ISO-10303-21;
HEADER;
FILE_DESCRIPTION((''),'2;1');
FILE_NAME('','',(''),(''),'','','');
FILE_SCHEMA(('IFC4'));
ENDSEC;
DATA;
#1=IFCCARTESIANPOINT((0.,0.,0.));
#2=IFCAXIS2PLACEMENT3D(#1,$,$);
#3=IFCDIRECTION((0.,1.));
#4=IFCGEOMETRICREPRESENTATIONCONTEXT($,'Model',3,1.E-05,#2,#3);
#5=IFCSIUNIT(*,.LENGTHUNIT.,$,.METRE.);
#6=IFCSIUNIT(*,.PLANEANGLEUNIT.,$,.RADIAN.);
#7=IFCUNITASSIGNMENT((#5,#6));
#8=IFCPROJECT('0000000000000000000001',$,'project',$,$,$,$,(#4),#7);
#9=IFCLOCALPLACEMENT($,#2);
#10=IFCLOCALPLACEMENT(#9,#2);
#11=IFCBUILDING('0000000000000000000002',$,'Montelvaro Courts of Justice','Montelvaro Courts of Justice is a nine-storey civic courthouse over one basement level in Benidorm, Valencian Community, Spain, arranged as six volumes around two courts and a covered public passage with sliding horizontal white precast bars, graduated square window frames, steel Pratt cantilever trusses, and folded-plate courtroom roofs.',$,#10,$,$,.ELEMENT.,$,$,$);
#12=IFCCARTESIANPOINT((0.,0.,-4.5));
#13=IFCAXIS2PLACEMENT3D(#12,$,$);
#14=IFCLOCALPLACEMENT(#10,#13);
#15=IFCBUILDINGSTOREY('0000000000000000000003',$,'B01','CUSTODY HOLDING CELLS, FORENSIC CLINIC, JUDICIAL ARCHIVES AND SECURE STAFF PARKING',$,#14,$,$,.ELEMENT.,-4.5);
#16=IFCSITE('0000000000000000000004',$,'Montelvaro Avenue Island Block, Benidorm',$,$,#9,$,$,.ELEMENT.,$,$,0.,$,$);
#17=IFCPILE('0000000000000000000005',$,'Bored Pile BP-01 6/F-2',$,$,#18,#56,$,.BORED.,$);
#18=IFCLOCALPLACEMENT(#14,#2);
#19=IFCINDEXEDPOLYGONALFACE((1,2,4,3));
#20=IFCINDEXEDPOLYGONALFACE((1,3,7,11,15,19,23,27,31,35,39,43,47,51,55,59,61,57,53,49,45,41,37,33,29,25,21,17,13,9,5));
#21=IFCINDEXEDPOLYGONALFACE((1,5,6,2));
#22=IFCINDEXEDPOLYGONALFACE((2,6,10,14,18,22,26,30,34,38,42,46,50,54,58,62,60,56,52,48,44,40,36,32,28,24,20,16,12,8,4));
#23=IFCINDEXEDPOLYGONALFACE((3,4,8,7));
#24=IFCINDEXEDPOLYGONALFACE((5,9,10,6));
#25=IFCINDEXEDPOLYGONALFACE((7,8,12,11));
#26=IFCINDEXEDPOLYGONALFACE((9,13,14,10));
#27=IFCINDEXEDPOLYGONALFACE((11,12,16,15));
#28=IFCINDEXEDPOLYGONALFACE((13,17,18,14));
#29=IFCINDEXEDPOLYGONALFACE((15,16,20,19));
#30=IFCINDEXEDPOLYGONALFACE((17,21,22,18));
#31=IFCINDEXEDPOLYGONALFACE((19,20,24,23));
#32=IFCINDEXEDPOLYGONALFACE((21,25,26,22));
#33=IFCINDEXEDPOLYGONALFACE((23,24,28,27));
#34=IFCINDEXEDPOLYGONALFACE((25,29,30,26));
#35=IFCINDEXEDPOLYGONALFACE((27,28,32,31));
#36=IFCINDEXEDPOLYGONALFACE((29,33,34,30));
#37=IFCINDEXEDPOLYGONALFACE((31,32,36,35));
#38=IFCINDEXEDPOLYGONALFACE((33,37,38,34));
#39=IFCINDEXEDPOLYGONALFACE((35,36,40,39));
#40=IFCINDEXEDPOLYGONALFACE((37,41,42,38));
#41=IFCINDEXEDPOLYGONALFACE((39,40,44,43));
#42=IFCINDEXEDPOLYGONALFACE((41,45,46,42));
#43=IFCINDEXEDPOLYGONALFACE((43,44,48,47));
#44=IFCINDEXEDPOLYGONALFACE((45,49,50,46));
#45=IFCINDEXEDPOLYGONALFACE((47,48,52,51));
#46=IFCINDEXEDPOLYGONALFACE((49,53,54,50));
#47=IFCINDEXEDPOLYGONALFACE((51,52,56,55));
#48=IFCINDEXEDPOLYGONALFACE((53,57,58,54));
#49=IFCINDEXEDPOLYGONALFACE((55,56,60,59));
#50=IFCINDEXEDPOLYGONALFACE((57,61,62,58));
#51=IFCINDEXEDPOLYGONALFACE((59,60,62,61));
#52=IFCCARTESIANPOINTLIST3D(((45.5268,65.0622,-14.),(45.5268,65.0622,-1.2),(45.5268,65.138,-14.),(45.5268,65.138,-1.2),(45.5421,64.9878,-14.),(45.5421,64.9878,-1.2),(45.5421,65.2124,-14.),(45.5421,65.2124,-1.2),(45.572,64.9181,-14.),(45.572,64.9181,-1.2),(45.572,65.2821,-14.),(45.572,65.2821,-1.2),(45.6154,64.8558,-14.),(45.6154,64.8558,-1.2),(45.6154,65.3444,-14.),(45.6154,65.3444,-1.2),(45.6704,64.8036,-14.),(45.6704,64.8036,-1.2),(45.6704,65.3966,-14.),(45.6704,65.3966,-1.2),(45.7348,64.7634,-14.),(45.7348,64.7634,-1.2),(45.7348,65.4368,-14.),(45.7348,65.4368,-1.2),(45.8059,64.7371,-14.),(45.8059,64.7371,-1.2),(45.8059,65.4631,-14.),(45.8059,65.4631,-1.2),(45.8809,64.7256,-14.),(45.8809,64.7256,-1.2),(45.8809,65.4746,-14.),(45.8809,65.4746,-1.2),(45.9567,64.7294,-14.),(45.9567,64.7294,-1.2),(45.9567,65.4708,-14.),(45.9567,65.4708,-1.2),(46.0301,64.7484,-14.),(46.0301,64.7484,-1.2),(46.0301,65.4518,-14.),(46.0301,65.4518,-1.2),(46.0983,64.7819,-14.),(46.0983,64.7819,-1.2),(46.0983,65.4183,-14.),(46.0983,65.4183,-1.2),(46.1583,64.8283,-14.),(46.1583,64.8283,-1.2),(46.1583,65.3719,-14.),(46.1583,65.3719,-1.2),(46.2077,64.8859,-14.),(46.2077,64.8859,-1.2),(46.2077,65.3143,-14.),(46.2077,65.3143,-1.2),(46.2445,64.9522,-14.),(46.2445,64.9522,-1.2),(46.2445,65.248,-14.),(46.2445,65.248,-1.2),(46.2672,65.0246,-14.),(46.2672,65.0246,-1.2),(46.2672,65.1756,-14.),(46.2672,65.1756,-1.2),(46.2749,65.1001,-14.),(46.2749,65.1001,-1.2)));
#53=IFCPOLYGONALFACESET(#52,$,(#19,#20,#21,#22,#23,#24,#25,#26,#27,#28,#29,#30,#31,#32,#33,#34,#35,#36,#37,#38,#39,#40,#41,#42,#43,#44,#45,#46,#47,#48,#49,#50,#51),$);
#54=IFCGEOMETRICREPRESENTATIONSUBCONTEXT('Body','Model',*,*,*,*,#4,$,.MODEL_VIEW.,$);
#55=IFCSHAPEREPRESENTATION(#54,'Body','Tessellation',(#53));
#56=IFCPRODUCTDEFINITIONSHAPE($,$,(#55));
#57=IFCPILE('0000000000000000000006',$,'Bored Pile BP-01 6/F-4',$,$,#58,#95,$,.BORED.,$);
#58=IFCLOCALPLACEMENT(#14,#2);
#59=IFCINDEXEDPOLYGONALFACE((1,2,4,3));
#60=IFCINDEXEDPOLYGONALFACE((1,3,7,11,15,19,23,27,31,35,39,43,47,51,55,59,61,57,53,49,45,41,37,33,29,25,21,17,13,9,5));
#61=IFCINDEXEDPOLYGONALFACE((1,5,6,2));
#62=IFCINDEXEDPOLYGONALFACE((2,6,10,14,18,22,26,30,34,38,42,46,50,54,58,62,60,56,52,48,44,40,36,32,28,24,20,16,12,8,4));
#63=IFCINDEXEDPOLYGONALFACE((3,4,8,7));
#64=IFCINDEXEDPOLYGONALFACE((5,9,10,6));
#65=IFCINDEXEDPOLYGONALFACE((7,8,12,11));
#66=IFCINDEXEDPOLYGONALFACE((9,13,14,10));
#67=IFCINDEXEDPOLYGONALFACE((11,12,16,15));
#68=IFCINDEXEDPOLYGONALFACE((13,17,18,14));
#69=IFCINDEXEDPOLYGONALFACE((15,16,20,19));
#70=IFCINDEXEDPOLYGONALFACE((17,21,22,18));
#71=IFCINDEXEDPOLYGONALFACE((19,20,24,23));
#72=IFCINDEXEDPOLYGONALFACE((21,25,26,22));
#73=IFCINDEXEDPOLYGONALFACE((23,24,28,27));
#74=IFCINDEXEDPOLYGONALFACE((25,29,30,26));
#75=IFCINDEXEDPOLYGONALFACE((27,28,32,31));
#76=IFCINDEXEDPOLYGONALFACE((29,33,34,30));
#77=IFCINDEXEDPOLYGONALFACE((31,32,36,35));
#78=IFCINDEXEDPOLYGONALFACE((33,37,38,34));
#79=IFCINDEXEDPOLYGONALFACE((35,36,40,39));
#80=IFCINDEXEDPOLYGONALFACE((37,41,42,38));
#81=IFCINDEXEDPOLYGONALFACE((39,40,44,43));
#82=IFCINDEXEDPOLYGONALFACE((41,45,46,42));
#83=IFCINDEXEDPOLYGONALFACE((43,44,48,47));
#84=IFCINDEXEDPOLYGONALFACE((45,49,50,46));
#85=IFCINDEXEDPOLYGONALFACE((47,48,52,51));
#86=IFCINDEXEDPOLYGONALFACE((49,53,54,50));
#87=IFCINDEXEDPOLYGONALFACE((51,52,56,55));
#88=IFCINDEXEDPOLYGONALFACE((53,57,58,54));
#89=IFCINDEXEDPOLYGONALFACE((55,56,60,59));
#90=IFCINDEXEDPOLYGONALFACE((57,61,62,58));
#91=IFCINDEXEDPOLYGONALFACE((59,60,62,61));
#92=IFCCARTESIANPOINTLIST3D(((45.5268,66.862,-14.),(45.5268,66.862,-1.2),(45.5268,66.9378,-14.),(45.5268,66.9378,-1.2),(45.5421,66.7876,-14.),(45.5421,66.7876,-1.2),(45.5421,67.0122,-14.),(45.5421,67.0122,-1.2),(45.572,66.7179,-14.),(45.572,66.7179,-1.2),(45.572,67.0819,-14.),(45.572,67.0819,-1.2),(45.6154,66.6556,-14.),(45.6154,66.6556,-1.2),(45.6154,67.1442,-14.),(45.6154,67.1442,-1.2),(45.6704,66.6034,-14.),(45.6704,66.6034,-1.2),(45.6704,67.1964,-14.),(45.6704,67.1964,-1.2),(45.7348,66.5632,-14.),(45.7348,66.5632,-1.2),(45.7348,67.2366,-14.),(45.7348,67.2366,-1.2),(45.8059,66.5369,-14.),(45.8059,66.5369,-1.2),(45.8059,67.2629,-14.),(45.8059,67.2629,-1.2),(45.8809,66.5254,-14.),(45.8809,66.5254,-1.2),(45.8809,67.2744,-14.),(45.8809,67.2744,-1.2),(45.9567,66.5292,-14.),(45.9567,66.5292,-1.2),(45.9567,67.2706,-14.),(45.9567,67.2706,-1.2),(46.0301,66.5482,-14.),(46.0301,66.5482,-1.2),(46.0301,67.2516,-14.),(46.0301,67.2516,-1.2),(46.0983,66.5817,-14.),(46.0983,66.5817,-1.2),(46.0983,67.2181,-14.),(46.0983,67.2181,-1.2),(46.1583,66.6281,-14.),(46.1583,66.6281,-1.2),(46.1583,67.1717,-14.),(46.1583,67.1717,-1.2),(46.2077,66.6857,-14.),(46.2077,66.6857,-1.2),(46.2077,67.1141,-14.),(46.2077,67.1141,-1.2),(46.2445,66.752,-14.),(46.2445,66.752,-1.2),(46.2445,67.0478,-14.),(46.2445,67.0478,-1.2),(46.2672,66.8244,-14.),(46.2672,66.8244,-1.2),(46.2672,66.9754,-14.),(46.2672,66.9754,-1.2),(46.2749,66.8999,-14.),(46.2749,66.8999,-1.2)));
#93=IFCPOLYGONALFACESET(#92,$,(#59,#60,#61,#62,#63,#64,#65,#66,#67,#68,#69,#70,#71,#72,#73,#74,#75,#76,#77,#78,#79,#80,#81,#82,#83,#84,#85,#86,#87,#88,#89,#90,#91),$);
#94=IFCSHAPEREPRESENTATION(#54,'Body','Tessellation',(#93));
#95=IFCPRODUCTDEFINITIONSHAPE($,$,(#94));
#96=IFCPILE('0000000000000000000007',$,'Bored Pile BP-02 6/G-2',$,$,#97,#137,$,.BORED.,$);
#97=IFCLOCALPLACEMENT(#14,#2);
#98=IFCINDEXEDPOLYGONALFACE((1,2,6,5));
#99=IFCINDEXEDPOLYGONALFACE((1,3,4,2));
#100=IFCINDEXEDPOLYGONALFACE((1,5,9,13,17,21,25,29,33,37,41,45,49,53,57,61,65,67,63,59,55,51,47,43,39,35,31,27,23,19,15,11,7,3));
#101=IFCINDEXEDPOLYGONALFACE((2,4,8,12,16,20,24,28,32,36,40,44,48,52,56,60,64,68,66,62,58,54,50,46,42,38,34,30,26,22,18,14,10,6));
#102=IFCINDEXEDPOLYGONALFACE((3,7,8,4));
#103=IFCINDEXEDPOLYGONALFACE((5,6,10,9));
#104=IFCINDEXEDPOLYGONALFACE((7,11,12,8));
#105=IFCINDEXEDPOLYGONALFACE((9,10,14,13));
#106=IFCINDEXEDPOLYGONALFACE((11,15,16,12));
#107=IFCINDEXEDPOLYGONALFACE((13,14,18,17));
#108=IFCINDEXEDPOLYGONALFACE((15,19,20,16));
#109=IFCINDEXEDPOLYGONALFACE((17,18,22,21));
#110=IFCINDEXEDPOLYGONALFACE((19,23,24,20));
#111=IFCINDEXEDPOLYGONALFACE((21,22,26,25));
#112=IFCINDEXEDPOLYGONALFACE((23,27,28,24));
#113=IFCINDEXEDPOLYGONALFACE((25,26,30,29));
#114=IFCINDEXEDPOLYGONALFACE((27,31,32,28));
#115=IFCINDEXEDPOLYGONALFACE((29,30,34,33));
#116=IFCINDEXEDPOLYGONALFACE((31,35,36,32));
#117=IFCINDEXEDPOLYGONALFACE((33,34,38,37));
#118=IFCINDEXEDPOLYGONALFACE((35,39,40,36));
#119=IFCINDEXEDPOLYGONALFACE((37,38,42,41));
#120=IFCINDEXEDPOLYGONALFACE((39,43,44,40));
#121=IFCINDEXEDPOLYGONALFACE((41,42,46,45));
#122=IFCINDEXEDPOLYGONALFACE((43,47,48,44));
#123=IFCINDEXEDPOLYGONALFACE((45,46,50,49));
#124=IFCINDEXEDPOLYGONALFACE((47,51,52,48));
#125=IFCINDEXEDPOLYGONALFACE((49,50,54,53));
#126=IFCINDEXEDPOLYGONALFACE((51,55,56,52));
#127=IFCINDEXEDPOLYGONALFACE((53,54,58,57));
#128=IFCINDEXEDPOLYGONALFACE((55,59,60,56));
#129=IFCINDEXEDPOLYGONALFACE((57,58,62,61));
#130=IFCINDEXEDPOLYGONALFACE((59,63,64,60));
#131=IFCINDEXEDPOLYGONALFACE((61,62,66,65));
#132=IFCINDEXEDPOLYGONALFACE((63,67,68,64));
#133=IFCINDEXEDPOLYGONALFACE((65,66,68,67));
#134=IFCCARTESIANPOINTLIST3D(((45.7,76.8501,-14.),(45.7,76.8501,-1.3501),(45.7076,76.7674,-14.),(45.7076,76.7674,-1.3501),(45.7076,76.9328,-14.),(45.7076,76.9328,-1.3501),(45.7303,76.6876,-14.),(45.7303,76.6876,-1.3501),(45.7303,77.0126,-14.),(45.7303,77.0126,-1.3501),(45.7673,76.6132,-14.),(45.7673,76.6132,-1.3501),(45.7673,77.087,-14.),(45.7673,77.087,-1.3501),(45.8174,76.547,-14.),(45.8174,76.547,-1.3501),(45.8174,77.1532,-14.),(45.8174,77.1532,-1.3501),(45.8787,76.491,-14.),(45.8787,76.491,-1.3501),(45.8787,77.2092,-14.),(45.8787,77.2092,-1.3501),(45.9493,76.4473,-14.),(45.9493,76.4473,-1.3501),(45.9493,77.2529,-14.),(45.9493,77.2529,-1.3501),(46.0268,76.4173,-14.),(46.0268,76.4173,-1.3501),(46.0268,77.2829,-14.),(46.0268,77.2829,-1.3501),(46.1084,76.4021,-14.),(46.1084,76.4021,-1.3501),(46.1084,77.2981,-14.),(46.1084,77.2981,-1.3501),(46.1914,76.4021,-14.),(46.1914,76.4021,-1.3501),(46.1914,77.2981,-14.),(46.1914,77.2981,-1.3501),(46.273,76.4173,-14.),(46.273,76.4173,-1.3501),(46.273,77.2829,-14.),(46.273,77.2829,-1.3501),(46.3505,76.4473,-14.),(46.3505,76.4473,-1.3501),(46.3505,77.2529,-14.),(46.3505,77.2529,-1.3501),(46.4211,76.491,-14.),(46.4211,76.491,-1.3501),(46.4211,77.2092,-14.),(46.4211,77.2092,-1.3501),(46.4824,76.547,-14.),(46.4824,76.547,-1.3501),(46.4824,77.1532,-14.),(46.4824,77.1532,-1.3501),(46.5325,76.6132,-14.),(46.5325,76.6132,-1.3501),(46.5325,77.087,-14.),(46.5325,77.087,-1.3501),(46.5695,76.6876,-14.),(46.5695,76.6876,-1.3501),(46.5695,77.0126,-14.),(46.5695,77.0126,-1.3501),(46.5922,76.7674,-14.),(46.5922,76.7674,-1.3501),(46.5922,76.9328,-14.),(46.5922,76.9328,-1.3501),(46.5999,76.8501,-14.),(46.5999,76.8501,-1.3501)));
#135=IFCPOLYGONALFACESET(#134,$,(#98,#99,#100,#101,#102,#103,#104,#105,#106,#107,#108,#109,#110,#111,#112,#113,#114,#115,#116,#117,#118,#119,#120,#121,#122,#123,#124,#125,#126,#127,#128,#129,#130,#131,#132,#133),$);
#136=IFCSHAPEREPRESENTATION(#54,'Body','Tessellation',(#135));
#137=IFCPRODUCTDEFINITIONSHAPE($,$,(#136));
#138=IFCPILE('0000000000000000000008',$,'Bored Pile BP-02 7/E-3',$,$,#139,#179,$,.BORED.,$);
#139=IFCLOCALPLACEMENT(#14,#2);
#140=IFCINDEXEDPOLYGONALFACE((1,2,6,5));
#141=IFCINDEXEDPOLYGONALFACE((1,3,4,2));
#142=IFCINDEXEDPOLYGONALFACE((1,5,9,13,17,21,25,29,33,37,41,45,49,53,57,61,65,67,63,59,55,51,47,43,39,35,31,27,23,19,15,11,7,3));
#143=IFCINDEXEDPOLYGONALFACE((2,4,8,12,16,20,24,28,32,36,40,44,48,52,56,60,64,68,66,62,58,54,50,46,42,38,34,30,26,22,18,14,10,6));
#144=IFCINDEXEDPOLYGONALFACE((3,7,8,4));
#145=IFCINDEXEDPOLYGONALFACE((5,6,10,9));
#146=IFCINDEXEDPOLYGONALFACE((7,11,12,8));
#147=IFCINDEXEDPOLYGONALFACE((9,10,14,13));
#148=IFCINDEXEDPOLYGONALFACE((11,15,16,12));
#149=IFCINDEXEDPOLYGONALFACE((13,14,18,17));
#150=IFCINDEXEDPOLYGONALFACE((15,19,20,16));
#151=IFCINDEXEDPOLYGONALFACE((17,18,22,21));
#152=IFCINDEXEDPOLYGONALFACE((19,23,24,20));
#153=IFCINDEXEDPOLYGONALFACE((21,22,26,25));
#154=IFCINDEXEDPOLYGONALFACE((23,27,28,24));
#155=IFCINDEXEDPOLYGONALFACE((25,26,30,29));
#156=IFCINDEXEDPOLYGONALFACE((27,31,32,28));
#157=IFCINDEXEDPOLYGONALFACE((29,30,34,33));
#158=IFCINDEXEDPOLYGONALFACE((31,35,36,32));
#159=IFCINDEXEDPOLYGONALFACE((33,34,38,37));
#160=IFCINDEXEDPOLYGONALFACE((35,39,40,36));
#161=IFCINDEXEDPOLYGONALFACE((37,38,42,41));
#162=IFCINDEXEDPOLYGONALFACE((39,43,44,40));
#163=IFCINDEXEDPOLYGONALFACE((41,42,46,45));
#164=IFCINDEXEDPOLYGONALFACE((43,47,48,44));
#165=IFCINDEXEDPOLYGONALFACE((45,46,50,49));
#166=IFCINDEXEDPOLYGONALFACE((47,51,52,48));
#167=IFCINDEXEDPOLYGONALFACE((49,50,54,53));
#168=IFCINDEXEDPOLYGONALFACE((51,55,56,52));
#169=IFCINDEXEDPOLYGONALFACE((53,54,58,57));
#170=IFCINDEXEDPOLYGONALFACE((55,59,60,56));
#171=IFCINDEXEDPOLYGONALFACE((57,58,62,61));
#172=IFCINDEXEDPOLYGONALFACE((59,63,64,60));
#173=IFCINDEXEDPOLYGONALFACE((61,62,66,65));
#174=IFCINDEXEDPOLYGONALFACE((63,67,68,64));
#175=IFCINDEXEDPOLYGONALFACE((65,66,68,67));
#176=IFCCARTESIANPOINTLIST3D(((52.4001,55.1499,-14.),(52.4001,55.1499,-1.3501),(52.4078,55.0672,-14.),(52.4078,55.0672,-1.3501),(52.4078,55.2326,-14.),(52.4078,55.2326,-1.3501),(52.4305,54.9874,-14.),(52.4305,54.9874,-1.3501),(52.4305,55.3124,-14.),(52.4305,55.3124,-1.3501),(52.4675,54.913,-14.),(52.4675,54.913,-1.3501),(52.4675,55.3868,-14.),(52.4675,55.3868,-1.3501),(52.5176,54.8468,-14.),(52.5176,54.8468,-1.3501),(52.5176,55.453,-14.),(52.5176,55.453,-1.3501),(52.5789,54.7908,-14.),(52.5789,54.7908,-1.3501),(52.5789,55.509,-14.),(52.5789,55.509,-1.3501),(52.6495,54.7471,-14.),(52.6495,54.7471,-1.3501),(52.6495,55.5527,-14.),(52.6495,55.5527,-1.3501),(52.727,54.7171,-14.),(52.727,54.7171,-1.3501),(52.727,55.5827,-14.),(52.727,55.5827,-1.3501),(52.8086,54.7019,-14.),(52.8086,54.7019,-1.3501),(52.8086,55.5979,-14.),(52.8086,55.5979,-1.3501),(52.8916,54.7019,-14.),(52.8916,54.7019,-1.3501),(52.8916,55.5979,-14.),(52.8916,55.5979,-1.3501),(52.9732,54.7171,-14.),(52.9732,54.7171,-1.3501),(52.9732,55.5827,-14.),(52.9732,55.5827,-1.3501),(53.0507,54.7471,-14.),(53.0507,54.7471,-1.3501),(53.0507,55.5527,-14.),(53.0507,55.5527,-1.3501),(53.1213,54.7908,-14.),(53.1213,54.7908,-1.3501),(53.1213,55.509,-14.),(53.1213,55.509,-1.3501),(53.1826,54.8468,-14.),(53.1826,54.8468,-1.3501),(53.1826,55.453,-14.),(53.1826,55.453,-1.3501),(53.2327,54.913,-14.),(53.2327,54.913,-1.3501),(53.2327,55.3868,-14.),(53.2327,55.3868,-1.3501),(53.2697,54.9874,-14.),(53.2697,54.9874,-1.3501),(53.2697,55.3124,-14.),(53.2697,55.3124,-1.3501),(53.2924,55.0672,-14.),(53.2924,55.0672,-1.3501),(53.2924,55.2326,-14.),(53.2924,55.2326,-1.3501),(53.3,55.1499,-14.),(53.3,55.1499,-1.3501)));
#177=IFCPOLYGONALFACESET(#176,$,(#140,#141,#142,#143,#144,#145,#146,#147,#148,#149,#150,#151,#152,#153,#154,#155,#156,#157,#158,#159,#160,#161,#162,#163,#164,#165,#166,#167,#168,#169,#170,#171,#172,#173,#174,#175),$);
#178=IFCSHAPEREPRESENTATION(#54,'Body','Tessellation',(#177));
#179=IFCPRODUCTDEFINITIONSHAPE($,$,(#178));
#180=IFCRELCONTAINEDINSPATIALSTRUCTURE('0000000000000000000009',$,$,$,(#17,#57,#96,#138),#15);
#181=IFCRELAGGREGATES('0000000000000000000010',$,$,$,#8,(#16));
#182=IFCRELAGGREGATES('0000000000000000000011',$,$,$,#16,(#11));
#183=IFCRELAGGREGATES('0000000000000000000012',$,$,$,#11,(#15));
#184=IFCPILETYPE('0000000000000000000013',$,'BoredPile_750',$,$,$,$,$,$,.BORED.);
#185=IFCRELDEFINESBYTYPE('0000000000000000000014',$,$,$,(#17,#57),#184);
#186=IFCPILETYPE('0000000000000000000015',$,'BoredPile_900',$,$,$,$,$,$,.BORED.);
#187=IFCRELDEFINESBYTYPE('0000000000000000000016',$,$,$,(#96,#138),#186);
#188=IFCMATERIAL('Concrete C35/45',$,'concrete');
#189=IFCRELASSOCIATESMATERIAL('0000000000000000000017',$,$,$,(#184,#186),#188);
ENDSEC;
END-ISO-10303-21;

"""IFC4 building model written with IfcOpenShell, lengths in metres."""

from ifc_helpers import new_model, si_unit, direction, frame, origin, origin_2d, place, context, subcontext, project, spatial, circle, extrude, material, material_profile, profile_set, type_object, element, save


model = new_model("IFC4")

# Units and contexts
model_context = context("Model", 3, precision=1e-05, world=origin(), true_north=direction((0.0, 1.0)))
body_context = subcontext(model_context, "Body", "Model", "MODEL_VIEW")
ifc_project = project(units=[si_unit("LENGTHUNIT", "METRE"), si_unit("PLANEANGLEUNIT", "RADIAN")], contexts=[model_context])

# Site, building, storey
site_placement = place(None, origin())
site = spatial("IfcSite", under=ifc_project, at=site_placement, Name="Montelvaro Avenue Island Block, Benidorm", CompositionType="ELEMENT", RefElevation=0.0)
building_placement = place(site_placement, origin())
building = spatial("IfcBuilding", under=site, at=building_placement, Name="Montelvaro Courts of Justice", Description="Montelvaro Courts of Justice is a nine-storey civic courthouse over one basement level in Benidorm, Valencian Community, Spain, arranged as six volumes around two courts and a covered public passage with sliding horizontal white precast bars, graduated square window frames, steel Pratt cantilever trusses, and folded-plate courtroom roofs.", CompositionType="ELEMENT")
storey_placement = place(building_placement, frame((0.0, 0.0, -4.5)))
storey = spatial("IfcBuildingStorey", under=building, at=storey_placement, Name="B01", Description="CUSTODY HOLDING CELLS, FORENSIC CLINIC, JUDICIAL ARCHIVES AND SECURE STAFF PARKING", CompositionType="ELEMENT", Elevation=-4.5)

# Piles
ifc_material_1 = material(Name="Concrete C35/45", Category="concrete")
ifc_material_profile_1 = material_profile(ifc_material_1, circle(Radius=0.375, at=origin_2d()), Name="BORED PILE D750")
ifc_profile_set_1 = profile_set([ifc_material_profile_1], Name="Concrete C35/45")
pile_type_1 = type_object("IfcPileType", Name="BoredPile_750", PredefinedType="BORED", material=ifc_profile_set_1)
for number, where, z_axis, x_axis, name in (
    (1, (45.8999, 65.1001, -1.2), (0.0, 0.0, -1.0), (1.0, 0.0, 0.0), "Bored Pile BP-01 6/F-2"),
    (2, (45.8999, 66.8999, -1.2), (0.0, 0.0, -1.0), (1.0, 0.0, 0.0), "Bored Pile BP-01 6/F-4"),
):
    element("IfcPile", number, at=place(storey_placement, frame(where, z_axis=z_axis, x_axis=x_axis)), inside=storey, type_object=pile_type_1, Name=name, PredefinedType="BORED", context=body_context, shape_type="SweptSolid", body=[
        extrude(circle(Radius=0.375, at=origin_2d()), origin(), (0.0, 0.0, 1.0), 12.8),
    ])
ifc_material_profile_2 = material_profile(ifc_material_1, circle(Radius=0.45, at=origin_2d()), Name="BORED PILE D900")
ifc_profile_set_2 = profile_set([ifc_material_profile_2], Name="Concrete C35/45")
pile_type_2 = type_object("IfcPileType", Name="BoredPile_900", PredefinedType="BORED", material=ifc_profile_set_2)
for number, where, z_axis, x_axis, name in (
    (3, (46.1499, 76.8501, -1.3501), (0.0, 0.0, -1.0), (1.0, 0.0, 0.0), "Bored Pile BP-02 6/G-2"),
    (4, (52.8501, 55.1499, -1.3501), (0.0, 0.0, -1.0), (1.0, 0.0, 0.0), "Bored Pile BP-02 7/E-3"),
):
    element("IfcPile", number, at=place(storey_placement, frame(where, z_axis=z_axis, x_axis=x_axis)), inside=storey, type_object=pile_type_2, Name=name, PredefinedType="BORED", context=body_context, shape_type="SweptSolid", body=[
        extrude(circle(Radius=0.45, at=origin_2d()), origin(), (0.0, 0.0, 1.0), 12.6499),
    ])

save(model, "model.ifc")
